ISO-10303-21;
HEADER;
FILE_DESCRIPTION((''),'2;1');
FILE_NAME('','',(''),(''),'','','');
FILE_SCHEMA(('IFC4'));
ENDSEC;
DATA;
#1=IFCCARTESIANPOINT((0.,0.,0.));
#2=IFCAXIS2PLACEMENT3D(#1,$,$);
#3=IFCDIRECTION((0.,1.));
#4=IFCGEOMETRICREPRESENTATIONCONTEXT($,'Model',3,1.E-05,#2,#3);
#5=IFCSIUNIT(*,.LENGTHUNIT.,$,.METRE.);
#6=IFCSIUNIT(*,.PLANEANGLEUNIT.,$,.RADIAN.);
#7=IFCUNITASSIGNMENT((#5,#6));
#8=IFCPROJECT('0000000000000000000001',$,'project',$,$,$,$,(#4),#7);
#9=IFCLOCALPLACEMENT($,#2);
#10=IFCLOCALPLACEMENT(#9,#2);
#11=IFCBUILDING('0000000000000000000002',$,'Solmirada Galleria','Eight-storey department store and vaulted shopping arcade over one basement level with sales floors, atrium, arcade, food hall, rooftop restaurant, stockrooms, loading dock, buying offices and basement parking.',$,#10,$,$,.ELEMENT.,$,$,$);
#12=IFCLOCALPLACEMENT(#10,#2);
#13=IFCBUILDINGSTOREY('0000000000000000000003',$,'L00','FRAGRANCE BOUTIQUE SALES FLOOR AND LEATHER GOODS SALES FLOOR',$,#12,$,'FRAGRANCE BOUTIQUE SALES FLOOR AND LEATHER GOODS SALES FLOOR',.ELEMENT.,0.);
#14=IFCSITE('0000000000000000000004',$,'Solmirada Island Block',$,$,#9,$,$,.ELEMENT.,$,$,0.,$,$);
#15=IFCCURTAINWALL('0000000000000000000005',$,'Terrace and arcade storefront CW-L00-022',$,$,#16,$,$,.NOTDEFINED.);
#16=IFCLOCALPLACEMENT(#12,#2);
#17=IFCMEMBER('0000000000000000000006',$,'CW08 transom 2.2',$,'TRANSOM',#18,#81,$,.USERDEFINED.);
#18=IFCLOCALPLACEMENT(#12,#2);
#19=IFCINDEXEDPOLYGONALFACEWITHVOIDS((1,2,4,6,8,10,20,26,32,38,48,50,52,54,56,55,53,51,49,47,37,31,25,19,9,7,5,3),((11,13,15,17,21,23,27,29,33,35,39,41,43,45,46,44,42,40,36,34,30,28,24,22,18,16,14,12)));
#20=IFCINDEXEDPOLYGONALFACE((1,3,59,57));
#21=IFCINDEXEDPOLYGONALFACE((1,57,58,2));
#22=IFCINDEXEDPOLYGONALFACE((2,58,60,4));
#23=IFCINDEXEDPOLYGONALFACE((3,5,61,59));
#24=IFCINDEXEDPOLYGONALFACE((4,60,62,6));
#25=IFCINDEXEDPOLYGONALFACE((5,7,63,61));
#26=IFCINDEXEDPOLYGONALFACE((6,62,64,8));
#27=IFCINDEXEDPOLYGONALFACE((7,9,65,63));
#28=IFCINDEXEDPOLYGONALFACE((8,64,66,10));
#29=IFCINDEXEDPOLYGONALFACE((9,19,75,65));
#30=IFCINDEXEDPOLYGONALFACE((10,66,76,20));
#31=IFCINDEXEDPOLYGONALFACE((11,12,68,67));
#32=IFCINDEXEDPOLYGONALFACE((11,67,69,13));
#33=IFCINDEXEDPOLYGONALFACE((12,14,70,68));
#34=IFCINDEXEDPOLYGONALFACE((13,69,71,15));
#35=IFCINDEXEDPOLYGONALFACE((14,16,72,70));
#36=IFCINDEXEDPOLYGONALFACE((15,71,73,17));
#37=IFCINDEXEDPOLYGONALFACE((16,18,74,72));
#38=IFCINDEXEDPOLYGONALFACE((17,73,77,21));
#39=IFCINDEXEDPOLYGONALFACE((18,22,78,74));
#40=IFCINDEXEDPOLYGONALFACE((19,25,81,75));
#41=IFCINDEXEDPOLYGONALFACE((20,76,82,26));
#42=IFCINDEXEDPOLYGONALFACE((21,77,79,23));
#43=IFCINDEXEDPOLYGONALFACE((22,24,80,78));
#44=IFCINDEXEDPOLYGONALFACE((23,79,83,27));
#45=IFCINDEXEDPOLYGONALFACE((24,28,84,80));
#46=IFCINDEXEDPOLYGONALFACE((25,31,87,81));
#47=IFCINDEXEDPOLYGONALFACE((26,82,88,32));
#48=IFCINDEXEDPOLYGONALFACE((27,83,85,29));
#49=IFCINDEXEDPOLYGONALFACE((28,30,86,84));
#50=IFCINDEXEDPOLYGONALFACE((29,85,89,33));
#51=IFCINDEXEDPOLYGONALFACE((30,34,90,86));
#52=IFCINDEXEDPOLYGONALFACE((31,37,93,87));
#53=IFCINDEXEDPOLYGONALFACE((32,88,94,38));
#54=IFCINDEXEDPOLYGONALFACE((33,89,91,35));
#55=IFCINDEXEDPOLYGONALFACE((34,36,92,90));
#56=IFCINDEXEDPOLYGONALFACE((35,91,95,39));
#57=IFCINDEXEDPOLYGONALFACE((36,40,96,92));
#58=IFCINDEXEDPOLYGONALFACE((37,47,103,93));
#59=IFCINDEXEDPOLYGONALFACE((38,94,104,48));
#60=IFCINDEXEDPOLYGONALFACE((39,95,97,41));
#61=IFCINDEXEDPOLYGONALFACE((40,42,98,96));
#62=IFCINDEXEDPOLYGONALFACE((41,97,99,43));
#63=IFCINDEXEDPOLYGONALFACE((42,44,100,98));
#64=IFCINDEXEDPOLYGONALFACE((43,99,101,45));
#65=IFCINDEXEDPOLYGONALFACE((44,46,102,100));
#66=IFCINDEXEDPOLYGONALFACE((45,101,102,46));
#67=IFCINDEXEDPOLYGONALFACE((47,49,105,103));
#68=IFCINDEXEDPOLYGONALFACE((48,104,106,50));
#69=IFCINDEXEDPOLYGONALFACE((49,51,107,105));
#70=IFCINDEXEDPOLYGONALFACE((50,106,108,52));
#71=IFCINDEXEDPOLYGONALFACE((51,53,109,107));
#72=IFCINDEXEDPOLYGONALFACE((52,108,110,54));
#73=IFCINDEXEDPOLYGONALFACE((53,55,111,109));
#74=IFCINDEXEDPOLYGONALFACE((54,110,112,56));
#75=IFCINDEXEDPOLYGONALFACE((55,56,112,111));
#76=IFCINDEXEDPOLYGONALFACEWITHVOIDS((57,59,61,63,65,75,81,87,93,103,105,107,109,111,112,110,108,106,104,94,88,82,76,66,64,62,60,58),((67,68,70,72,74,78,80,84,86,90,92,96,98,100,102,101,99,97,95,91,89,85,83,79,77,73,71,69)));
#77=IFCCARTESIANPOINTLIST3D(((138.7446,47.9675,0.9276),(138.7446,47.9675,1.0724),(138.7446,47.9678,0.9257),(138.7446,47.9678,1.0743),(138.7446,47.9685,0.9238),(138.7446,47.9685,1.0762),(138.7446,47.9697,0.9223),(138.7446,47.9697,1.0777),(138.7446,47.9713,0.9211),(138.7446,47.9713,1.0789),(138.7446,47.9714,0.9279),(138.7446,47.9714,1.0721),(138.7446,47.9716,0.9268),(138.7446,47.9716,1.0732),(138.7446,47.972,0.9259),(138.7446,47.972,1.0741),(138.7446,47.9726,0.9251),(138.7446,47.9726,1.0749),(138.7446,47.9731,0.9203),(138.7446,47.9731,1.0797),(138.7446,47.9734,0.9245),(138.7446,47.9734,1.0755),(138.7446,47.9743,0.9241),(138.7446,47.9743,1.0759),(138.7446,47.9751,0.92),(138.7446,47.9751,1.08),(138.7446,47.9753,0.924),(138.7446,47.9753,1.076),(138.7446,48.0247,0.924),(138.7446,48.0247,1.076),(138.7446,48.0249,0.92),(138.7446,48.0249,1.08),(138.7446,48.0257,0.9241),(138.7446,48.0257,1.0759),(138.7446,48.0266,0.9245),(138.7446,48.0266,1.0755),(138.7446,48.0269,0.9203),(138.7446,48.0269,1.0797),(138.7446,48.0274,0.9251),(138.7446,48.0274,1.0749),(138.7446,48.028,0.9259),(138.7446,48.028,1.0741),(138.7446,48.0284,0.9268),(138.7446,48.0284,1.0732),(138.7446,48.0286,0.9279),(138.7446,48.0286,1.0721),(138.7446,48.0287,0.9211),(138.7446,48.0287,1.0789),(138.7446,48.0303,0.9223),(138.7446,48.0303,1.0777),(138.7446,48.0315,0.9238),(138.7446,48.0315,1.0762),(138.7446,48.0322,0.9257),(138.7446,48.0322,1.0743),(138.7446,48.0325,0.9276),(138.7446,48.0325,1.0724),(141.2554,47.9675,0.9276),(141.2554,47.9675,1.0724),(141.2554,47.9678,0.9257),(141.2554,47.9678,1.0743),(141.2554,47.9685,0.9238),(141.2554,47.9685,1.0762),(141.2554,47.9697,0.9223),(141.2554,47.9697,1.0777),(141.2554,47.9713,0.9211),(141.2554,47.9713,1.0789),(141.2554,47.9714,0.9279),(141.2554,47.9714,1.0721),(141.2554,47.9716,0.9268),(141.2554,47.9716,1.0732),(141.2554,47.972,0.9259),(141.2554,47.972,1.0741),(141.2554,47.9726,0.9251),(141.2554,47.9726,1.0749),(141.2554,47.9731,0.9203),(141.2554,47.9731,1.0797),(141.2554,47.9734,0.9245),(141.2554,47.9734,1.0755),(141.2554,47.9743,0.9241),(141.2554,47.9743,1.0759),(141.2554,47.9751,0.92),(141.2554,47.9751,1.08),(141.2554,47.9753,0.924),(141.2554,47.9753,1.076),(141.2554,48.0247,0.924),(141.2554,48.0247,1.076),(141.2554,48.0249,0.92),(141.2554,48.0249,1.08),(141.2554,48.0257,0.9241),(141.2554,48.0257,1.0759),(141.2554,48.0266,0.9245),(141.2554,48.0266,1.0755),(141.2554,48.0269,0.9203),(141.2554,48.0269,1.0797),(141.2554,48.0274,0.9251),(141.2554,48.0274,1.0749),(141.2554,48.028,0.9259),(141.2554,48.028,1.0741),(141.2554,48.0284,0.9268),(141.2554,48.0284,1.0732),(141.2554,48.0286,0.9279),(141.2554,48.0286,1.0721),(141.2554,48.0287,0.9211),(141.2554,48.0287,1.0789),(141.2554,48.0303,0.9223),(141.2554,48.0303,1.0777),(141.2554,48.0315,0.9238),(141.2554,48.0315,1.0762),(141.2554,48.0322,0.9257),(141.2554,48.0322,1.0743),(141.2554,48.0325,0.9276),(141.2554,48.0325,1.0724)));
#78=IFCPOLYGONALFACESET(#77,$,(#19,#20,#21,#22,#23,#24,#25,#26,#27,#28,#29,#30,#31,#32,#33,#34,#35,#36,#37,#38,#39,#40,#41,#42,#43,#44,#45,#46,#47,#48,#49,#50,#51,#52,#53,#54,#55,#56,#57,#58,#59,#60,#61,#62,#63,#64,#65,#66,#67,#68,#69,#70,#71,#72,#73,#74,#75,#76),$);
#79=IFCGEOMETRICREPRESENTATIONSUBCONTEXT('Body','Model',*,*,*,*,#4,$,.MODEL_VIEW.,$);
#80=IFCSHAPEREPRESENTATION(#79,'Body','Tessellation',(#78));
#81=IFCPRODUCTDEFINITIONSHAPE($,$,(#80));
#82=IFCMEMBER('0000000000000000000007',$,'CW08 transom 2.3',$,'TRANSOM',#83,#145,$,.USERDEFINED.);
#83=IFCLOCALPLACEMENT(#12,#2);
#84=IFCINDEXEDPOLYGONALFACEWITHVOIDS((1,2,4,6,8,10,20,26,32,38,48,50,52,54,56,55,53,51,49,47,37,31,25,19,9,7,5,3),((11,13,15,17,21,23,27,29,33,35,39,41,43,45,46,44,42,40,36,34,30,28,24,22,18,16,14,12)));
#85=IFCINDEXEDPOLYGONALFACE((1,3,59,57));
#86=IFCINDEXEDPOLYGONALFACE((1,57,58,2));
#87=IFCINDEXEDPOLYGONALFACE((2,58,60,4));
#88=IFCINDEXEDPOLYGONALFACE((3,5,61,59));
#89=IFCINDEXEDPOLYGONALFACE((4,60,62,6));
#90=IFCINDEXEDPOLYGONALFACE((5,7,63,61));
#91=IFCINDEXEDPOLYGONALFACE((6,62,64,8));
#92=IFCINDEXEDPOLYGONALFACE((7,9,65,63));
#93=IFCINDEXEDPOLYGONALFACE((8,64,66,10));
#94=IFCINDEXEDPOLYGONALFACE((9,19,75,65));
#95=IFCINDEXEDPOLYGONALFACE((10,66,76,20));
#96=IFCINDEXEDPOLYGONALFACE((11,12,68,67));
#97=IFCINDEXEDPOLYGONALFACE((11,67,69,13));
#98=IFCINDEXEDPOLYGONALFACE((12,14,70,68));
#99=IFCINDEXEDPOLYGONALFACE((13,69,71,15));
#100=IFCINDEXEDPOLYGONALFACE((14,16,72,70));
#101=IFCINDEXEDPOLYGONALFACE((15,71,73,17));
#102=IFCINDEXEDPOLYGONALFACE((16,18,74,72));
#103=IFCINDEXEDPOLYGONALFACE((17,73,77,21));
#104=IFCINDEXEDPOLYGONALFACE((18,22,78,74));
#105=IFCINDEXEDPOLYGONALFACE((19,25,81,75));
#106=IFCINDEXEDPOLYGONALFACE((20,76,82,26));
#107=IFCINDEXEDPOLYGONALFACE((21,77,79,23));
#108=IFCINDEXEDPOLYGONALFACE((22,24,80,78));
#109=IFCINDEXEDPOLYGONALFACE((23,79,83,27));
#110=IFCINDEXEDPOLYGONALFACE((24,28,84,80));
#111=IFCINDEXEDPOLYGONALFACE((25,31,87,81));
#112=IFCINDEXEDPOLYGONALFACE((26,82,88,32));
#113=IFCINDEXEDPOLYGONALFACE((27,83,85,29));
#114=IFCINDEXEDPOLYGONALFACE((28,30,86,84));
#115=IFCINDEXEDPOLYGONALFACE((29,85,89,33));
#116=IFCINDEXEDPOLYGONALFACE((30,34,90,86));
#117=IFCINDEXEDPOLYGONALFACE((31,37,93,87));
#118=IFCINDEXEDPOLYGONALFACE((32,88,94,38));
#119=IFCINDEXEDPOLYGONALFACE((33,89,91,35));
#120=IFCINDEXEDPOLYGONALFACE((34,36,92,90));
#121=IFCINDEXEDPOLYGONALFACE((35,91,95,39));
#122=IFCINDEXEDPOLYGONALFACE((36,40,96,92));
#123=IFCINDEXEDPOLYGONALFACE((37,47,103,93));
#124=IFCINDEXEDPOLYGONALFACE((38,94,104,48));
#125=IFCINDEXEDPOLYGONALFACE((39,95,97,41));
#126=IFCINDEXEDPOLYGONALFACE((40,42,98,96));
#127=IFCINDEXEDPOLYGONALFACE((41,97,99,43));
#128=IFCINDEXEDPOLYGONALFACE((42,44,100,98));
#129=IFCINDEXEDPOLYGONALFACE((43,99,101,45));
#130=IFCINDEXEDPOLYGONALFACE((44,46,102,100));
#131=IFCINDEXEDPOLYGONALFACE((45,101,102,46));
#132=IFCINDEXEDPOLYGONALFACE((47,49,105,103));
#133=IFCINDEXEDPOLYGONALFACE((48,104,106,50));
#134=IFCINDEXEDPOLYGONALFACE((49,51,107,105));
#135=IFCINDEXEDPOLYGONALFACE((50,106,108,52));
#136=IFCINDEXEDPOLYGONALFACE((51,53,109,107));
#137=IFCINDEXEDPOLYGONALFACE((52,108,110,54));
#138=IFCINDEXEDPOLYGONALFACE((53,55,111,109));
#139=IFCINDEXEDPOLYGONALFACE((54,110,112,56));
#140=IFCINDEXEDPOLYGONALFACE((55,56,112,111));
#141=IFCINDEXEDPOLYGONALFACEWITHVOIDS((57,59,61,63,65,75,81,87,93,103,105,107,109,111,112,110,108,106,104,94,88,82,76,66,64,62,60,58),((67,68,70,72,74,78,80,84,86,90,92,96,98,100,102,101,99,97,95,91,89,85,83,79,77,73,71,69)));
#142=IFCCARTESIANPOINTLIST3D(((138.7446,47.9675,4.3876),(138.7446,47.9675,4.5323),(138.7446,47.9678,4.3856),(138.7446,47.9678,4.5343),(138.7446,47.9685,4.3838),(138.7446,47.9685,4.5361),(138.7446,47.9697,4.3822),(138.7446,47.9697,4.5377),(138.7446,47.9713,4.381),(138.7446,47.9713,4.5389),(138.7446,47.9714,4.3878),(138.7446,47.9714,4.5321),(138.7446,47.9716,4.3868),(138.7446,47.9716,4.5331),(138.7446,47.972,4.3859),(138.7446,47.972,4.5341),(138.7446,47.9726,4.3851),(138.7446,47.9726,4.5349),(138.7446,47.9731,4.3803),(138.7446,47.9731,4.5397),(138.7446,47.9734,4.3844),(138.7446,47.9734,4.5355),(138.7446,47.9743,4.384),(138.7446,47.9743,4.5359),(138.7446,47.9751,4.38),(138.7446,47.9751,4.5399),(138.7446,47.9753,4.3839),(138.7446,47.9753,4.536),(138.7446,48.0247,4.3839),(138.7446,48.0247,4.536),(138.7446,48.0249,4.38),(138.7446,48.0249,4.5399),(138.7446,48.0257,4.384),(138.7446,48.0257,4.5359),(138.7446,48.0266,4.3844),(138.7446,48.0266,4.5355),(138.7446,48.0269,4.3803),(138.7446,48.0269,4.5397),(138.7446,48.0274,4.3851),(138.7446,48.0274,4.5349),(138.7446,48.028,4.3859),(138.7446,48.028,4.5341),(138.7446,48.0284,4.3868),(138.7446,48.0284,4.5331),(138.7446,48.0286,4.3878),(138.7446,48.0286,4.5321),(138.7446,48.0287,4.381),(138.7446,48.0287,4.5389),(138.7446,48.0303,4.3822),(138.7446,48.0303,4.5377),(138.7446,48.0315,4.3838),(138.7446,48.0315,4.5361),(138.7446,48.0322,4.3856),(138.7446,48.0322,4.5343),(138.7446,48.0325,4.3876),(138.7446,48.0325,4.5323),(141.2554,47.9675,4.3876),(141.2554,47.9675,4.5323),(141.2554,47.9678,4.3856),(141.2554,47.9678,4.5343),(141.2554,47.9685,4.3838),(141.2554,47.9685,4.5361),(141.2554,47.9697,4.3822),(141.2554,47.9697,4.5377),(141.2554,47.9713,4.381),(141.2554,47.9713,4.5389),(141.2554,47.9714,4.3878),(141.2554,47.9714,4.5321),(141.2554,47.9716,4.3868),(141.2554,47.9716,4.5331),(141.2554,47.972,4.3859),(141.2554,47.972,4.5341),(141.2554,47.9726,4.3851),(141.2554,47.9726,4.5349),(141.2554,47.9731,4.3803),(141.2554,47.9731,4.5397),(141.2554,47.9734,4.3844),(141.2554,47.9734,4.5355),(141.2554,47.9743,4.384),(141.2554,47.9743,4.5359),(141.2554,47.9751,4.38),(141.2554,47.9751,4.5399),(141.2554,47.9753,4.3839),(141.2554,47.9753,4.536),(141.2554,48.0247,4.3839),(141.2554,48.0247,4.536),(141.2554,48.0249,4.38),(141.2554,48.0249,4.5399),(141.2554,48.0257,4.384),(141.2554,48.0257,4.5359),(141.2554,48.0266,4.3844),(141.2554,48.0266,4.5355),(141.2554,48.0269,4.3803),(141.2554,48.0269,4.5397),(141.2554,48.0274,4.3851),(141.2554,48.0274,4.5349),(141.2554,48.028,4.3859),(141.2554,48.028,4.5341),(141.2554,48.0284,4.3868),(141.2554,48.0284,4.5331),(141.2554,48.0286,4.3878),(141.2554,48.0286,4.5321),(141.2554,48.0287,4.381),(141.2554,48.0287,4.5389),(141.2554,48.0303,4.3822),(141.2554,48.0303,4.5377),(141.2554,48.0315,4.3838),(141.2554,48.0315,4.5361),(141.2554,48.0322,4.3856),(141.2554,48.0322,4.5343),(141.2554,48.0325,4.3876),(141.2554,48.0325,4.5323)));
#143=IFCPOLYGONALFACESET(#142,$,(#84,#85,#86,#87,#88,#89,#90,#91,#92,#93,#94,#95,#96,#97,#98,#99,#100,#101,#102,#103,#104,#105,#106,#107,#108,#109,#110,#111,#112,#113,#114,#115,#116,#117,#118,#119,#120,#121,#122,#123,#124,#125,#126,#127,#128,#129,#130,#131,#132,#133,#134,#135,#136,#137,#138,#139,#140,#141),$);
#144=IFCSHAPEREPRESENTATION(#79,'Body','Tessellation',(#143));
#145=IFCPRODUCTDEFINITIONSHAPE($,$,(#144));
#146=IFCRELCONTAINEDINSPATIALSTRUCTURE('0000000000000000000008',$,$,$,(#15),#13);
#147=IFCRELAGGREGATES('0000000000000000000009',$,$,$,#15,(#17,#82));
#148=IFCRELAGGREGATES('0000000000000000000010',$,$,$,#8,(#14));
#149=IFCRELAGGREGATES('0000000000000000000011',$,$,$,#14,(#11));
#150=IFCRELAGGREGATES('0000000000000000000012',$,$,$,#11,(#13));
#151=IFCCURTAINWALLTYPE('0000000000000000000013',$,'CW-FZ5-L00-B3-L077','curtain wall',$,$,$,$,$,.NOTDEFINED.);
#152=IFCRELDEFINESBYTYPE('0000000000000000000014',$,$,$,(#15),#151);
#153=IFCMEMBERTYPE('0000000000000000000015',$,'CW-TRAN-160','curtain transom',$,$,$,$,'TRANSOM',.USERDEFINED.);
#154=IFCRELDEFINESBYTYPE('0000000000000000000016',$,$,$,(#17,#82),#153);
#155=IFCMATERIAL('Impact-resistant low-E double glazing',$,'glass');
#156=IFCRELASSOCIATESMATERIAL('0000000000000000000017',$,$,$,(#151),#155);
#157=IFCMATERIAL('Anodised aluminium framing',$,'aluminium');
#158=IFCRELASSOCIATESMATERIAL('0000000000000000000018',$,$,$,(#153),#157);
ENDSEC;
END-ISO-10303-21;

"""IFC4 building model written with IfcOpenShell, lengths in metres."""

from ifc_helpers import new_model, si_unit, direction, frame, origin, origin_2d, place, context, subcontext, project, spatial, hollow_rectangle, extrude, material, material_profile, profile_set, type_object, element, aggregate, save


model = new_model("IFC4")

# Units and contexts
model_context = context("Model", 3, precision=1e-05, world=origin(), true_north=direction((0.0, 1.0)))
body_context = subcontext(model_context, "Body", "Model", "MODEL_VIEW")
ifc_project = project(units=[si_unit("LENGTHUNIT", "METRE"), si_unit("PLANEANGLEUNIT", "RADIAN")], contexts=[model_context])

# Site, building, storey
site_placement = place(None, origin())
site = spatial("IfcSite", under=ifc_project, at=site_placement, Name="Solmirada Island Block", CompositionType="ELEMENT", RefElevation=0.0)
building_placement = place(site_placement, origin())
building = spatial("IfcBuilding", under=site, at=building_placement, Name="Solmirada Galleria", Description="Eight-storey department store and vaulted shopping arcade over one basement level with sales floors, atrium, arcade, food hall, rooftop restaurant, stockrooms, loading dock, buying offices and basement parking.", CompositionType="ELEMENT")
storey_placement = place(building_placement, origin())
storey = spatial("IfcBuildingStorey", under=building, at=storey_placement, Name="L00", Description="FRAGRANCE BOUTIQUE SALES FLOOR AND LEATHER GOODS SALES FLOOR", LongName="FRAGRANCE BOUTIQUE SALES FLOOR AND LEATHER GOODS SALES FLOOR", CompositionType="ELEMENT", Elevation=0.0)

# Curtain wall, members
ifc_material_1 = material(Name="Impact-resistant low-E double glazing", Category="glass")
curtain_wall_type = type_object("IfcCurtainWallType", Name="CW-FZ5-L00-B3-L077", Description="curtain wall", PredefinedType="NOTDEFINED", material=ifc_material_1)
curtain_wall_placement = place(storey_placement, origin())
curtain_wall = element("IfcCurtainWall", 1, at=curtain_wall_placement, inside=storey, type_object=curtain_wall_type, Name="Terrace and arcade storefront CW-L00-022", PredefinedType="NOTDEFINED")
ifc_material_2 = material(Name="Anodised aluminium framing", Category="aluminium")
ifc_material_profile_1 = material_profile(ifc_material_2, hollow_rectangle(XDim=0.0649, YDim=0.1599, WallThickness=0.0039, InnerFilletRadius=0.0039, OuterFilletRadius=0.0076, at=origin_2d()), Name="ALU-TRAN-160X65")
ifc_profile_set_1 = profile_set([ifc_material_profile_1], Name="Anodised aluminium framing")
member_type_1 = type_object("IfcMemberType", Name="CW-TRAN-160", Description="curtain transom", ElementType="TRANSOM", PredefinedType="USERDEFINED", material=ifc_profile_set_1)
member_1_placement = place(storey_placement, frame((138.7446, 48.0, 1.0), z_axis=(1.0, 0.0, 0.0), x_axis=(0.0, 1.0, 0.0)))
member_1 = element("IfcMember", 2, at=member_1_placement, type_object=member_type_1, Name="CW08 transom 2.2", ObjectType="TRANSOM", PredefinedType="USERDEFINED", context=body_context, shape_type="SweptSolid", body=[
    extrude(hollow_rectangle(XDim=0.0649, YDim=0.1599, WallThickness=0.0039, InnerFilletRadius=0.0039, OuterFilletRadius=0.0076, at=origin_2d()), origin(), (0.0, 0.0, 1.0), 2.5107),
])
member_2_placement = place(storey_placement, frame((138.7446, 48.0, 4.46), z_axis=(1.0, 0.0, 0.0), x_axis=(0.0, 1.0, 0.0)))
member_2 = element("IfcMember", 3, at=member_2_placement, type_object=member_type_1, Name="CW08 transom 2.3", ObjectType="TRANSOM", PredefinedType="USERDEFINED", context=body_context, shape_type="SweptSolid", body=[
    extrude(hollow_rectangle(XDim=0.0649, YDim=0.1599, WallThickness=0.0039, InnerFilletRadius=0.0039, OuterFilletRadius=0.0076, at=origin_2d()), origin(), (0.0, 0.0, 1.0), 2.5107),
])
aggregate(curtain_wall, [member_1, member_2])

save(model, "model.ifc")
